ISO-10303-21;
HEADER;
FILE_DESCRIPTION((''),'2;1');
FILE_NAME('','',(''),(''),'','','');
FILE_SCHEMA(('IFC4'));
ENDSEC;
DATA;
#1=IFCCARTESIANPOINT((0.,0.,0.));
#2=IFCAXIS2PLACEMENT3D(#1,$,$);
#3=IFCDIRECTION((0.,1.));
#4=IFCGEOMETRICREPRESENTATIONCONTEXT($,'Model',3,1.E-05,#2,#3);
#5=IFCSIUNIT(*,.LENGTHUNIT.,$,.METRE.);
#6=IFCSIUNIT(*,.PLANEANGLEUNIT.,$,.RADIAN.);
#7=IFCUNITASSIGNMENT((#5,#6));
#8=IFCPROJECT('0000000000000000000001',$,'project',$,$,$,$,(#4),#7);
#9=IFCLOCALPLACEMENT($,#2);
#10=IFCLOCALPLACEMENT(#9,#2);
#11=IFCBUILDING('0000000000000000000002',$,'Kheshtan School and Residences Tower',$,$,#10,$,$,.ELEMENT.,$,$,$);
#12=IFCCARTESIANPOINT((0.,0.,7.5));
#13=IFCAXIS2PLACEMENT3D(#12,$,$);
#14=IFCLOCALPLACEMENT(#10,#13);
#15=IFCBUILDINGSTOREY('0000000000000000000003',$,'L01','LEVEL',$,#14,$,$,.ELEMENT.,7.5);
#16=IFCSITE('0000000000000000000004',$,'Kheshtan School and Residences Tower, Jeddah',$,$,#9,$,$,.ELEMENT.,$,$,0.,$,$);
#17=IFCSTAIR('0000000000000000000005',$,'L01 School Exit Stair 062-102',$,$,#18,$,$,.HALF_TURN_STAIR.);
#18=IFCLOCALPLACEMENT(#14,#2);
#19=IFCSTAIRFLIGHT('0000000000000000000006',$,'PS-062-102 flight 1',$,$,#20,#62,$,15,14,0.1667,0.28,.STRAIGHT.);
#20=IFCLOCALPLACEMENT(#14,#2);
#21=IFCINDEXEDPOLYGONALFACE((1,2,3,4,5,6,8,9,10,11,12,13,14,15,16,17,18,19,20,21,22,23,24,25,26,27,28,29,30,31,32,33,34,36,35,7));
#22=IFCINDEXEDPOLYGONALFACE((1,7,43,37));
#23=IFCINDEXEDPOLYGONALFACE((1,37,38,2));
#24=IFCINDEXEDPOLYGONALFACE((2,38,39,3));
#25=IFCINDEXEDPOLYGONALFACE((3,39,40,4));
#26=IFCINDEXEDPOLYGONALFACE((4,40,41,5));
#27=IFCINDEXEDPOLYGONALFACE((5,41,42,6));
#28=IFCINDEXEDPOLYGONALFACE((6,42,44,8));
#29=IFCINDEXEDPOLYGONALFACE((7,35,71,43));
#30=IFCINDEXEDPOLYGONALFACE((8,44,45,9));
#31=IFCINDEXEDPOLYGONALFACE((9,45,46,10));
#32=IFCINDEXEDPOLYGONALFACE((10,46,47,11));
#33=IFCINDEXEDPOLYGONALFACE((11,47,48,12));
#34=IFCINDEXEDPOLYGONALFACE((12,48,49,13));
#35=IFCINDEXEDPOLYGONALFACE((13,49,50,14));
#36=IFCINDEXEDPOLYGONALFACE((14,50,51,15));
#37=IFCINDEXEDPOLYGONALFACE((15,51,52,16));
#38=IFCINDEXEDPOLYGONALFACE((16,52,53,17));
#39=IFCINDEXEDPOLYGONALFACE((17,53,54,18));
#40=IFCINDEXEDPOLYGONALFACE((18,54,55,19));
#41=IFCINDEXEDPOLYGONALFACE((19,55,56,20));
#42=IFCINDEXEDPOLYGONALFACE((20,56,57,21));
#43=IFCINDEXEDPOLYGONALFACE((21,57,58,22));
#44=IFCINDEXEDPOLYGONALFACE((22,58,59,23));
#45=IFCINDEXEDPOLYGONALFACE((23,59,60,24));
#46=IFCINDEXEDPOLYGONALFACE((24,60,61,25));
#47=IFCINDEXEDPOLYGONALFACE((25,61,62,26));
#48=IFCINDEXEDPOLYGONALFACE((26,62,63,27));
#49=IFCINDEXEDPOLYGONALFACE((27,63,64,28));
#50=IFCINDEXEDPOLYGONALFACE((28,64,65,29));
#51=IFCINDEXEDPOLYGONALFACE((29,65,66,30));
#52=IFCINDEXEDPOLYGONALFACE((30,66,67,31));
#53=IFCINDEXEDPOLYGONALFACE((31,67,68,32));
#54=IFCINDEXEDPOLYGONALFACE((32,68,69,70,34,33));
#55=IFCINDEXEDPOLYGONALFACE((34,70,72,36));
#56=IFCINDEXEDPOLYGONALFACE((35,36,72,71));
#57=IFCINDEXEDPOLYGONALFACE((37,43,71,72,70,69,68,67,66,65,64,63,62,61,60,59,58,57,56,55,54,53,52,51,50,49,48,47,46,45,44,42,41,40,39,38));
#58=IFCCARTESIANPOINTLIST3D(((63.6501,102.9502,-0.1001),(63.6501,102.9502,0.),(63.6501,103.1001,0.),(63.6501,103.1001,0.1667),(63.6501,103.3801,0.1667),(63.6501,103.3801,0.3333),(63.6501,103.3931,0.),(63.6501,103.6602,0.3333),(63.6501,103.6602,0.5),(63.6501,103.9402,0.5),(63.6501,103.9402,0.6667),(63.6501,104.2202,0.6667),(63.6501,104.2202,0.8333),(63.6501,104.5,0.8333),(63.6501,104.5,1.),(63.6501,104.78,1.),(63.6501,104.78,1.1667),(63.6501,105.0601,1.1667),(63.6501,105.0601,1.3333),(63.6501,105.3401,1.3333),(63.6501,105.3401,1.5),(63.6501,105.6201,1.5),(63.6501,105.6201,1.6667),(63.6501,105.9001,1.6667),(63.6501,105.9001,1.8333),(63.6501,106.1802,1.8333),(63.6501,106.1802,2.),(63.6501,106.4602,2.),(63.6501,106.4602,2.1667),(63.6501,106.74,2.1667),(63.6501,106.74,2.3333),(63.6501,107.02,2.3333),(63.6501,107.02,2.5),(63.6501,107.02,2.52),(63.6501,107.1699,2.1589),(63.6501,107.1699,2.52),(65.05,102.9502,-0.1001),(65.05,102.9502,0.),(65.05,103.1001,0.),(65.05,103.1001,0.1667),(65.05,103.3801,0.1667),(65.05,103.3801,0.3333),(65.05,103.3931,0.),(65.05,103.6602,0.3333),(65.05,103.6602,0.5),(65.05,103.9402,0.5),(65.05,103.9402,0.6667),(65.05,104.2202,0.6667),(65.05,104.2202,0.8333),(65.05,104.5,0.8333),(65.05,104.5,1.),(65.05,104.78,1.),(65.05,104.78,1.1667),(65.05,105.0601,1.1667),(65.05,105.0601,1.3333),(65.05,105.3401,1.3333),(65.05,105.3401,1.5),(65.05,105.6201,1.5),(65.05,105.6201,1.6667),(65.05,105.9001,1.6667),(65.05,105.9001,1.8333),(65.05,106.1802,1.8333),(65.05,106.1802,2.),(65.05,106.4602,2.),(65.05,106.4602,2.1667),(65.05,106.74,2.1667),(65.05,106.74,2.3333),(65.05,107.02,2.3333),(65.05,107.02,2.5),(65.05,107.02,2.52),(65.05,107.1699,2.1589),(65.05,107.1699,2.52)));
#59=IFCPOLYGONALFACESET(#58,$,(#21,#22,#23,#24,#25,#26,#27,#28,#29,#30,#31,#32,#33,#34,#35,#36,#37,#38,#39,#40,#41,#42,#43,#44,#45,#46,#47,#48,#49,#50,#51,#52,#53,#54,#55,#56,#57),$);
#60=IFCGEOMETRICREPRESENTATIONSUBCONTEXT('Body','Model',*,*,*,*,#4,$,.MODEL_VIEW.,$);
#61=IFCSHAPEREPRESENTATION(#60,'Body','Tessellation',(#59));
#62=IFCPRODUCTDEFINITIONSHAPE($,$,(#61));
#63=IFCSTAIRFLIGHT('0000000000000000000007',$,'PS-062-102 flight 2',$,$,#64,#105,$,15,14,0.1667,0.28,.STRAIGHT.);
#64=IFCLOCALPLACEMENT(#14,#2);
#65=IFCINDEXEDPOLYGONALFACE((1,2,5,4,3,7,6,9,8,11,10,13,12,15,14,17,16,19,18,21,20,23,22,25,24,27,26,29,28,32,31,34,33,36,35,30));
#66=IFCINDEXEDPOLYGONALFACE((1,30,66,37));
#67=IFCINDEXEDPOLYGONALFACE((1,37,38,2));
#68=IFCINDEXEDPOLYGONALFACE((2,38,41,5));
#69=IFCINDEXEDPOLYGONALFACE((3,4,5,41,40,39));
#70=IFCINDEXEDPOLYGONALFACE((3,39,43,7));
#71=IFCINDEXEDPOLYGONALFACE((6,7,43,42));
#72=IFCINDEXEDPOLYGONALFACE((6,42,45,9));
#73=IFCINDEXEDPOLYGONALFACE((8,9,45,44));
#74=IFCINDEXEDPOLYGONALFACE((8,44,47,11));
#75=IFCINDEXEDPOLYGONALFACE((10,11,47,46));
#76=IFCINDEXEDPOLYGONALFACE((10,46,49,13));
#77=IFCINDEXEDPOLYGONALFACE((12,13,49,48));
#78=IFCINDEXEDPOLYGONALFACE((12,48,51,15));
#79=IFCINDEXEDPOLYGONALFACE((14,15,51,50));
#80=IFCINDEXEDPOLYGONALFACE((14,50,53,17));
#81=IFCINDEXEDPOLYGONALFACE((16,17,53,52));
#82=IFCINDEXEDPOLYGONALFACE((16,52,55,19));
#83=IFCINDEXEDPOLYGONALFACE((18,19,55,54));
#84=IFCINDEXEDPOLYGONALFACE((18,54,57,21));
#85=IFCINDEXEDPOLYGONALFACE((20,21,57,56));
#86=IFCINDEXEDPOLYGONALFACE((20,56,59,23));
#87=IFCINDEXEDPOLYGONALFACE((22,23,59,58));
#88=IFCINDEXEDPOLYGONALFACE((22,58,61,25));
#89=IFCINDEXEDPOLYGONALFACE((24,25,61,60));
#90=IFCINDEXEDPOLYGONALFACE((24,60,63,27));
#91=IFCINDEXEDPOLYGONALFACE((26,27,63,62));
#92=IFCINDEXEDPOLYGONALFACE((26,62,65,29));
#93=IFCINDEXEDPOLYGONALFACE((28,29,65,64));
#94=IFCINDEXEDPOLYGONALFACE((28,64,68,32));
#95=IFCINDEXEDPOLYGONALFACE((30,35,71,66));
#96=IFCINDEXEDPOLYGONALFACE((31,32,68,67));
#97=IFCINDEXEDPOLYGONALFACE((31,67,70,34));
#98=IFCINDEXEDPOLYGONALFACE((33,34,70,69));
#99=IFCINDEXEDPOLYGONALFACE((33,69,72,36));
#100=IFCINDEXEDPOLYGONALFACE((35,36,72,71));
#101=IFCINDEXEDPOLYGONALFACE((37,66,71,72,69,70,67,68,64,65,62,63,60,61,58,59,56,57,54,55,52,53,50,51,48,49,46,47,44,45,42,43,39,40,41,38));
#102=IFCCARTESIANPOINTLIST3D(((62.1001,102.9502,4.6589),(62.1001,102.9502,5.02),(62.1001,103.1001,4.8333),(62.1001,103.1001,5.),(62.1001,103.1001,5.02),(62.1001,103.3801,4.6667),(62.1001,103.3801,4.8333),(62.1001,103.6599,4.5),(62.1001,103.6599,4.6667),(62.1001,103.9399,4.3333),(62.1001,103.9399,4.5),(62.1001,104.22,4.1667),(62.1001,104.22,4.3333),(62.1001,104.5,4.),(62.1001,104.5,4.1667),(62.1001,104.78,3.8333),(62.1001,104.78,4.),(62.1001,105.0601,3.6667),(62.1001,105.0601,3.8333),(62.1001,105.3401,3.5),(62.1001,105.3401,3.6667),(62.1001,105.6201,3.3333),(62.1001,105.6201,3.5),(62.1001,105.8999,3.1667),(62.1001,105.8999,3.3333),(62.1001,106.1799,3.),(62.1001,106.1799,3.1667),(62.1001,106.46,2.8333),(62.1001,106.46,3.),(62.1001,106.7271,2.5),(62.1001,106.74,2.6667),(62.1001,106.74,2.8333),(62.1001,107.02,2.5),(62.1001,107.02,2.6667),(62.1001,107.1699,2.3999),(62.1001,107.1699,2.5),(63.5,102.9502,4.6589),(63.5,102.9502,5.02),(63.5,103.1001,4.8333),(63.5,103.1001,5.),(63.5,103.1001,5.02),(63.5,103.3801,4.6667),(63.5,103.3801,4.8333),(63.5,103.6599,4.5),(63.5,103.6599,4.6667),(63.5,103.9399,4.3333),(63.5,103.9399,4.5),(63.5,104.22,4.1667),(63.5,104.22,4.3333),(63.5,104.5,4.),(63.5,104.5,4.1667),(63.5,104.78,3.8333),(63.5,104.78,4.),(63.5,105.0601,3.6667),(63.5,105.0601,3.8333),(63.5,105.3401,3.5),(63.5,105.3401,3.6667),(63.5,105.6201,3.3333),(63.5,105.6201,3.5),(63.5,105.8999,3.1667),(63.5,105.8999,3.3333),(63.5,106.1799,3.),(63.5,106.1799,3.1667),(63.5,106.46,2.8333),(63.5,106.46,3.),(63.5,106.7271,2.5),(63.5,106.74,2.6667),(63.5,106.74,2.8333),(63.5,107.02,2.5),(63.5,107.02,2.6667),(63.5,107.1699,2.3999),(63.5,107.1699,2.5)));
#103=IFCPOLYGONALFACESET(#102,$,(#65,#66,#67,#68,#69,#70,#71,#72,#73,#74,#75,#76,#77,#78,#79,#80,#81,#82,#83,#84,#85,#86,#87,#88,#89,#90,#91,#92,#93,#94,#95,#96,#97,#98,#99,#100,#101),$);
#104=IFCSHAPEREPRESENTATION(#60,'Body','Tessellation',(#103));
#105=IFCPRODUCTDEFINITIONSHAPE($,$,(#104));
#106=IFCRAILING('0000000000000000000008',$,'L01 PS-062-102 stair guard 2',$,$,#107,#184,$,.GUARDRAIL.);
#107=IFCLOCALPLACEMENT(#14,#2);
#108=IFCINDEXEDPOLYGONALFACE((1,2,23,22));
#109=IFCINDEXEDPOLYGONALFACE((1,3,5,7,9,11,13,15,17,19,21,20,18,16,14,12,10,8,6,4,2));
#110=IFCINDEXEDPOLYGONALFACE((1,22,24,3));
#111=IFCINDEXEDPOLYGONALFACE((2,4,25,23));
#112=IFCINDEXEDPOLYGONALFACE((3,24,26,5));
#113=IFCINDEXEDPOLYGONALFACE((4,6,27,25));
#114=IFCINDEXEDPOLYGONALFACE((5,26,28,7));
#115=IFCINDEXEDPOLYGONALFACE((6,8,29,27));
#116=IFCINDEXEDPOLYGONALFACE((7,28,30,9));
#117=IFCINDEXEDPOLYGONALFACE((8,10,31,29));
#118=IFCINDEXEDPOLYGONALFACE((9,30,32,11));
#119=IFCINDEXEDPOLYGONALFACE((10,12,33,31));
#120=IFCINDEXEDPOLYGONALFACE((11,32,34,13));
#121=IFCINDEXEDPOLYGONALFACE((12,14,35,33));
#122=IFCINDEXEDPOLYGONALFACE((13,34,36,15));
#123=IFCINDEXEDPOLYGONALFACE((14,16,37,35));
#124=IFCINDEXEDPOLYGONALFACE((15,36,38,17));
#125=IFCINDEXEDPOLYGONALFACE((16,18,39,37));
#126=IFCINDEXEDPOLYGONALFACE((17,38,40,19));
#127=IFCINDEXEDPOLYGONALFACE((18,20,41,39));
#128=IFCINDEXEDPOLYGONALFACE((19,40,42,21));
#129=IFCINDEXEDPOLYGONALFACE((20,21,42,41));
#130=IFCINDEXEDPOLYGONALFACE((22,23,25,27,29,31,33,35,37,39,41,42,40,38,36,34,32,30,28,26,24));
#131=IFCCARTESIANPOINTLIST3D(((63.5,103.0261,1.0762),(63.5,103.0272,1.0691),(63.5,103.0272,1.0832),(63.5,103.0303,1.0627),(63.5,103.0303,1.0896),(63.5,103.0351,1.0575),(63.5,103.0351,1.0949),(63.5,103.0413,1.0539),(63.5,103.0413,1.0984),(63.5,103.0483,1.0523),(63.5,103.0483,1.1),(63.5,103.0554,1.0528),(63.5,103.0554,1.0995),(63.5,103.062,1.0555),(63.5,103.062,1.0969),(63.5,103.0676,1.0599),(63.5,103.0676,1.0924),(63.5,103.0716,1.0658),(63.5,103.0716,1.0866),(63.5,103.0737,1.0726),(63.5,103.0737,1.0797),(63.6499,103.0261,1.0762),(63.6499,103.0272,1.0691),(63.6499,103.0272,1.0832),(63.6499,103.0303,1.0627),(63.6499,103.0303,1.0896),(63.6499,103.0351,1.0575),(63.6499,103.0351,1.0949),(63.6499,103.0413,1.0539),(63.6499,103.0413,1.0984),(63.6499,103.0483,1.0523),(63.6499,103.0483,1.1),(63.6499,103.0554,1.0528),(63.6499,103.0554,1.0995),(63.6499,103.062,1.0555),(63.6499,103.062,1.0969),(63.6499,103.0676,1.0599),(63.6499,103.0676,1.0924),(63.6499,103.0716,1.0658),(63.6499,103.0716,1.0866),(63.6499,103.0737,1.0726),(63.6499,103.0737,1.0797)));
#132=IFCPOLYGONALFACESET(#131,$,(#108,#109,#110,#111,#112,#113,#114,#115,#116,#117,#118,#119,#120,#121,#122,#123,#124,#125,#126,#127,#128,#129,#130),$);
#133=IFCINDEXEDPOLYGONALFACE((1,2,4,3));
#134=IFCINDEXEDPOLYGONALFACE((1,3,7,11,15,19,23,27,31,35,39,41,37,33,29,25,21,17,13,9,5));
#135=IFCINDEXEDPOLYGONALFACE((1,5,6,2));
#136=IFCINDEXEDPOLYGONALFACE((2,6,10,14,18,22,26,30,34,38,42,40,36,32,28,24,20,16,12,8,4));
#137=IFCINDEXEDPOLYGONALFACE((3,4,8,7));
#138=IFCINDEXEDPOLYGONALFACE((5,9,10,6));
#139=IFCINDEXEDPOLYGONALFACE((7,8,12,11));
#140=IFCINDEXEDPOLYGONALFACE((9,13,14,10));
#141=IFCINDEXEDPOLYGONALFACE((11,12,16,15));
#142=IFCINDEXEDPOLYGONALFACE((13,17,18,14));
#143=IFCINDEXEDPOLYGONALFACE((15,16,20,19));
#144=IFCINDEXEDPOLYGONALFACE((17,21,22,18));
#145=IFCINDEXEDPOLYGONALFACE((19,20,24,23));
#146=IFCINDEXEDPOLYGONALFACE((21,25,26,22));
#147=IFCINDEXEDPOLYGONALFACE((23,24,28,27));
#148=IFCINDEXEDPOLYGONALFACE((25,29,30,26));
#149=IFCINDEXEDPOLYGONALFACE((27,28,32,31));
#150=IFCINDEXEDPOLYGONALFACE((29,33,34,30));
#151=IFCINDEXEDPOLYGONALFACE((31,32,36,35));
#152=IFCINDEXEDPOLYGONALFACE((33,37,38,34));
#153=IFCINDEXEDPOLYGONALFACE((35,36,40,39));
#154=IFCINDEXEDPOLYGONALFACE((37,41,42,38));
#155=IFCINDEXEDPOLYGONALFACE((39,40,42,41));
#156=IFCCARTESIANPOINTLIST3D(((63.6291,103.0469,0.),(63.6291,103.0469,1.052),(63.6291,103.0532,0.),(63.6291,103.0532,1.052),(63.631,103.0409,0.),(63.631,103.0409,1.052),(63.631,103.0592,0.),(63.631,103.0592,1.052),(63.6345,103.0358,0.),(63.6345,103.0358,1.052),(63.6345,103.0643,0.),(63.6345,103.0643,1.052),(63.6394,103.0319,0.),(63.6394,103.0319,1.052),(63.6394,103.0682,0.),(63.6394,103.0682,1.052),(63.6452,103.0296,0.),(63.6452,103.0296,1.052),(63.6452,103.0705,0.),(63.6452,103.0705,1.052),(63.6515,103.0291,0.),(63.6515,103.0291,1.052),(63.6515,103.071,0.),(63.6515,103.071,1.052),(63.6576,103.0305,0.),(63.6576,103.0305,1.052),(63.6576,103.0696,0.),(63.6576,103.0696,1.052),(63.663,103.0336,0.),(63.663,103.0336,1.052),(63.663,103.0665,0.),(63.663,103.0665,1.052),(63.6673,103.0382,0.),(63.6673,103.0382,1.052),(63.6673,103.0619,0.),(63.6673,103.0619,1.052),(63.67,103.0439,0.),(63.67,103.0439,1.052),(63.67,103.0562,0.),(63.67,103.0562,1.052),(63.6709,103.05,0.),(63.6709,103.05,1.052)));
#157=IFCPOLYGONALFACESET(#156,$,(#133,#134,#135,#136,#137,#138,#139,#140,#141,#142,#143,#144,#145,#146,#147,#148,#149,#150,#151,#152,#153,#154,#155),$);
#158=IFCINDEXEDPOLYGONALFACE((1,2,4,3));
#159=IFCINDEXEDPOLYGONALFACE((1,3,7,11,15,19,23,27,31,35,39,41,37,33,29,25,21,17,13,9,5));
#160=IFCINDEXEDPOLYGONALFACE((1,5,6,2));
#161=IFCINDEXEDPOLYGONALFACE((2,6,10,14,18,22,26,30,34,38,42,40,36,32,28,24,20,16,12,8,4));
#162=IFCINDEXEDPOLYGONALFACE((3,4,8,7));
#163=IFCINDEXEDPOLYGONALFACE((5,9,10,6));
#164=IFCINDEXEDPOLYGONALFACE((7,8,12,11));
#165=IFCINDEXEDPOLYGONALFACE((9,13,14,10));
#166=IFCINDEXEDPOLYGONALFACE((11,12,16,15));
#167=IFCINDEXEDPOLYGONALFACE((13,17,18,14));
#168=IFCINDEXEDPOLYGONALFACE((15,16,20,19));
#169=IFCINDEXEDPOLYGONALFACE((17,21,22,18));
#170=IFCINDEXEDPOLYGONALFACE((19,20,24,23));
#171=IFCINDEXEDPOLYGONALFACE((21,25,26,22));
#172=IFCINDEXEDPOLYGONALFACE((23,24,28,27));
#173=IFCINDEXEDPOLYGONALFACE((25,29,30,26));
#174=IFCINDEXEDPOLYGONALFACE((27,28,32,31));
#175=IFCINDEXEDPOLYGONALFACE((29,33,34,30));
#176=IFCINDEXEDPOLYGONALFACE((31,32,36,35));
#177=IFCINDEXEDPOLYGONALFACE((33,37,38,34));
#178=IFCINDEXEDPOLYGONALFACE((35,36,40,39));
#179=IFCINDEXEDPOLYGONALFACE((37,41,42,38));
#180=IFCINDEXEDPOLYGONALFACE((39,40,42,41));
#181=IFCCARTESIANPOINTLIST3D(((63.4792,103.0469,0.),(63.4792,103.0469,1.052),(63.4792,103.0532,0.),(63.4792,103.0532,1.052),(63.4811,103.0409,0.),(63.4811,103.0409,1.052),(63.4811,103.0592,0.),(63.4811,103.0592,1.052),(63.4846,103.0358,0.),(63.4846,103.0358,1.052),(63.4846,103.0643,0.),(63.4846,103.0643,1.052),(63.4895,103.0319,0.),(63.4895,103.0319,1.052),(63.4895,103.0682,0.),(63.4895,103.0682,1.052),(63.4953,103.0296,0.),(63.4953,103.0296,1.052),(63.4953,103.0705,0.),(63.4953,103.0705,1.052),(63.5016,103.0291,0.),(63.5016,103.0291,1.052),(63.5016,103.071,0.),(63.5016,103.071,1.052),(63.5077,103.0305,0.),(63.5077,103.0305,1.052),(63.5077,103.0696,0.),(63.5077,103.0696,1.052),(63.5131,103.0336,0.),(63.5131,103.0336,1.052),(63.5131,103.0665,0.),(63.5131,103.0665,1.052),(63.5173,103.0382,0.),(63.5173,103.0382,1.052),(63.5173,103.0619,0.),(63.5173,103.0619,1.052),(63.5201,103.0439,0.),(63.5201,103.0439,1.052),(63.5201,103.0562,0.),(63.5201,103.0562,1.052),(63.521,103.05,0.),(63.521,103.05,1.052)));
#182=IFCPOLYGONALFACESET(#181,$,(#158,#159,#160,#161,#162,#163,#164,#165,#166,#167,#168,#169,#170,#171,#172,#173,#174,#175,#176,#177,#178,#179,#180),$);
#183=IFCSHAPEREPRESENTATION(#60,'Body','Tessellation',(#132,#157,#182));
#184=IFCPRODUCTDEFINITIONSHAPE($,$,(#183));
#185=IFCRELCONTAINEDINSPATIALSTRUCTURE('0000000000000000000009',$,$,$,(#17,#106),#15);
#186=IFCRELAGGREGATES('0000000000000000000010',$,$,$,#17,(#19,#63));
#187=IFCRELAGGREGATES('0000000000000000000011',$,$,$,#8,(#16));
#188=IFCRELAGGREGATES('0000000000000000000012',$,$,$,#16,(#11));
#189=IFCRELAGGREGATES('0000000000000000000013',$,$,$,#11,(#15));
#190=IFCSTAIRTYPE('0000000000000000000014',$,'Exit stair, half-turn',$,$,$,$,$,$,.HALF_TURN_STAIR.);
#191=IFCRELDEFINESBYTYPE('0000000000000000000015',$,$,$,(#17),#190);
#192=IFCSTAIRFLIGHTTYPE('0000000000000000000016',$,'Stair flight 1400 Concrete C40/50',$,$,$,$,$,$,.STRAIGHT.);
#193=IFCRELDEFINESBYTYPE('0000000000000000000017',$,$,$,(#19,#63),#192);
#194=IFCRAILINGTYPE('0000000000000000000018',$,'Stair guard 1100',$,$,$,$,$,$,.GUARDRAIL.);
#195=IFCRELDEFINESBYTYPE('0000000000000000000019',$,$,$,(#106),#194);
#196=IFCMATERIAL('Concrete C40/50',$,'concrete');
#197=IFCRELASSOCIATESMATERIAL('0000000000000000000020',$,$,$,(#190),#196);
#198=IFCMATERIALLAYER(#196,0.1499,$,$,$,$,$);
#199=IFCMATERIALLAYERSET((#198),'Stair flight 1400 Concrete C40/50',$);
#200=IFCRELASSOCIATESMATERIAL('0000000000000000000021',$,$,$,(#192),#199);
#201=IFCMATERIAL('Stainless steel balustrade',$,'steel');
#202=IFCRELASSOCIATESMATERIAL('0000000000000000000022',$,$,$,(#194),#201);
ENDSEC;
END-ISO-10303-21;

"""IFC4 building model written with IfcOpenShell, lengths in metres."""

from ifc_helpers import new_model, si_unit, direction, frame, origin, origin_2d, place, context, subcontext, project, spatial, polyline, circle, outline, extrude, material, layer, layer_set, type_object, element, aggregate, save


model = new_model("IFC4")

# Units and contexts
model_context = context("Model", 3, precision=1e-05, world=origin(), true_north=direction((0.0, 1.0)))
body_context = subcontext(model_context, "Body", "Model", "MODEL_VIEW")
ifc_project = project(units=[si_unit("LENGTHUNIT", "METRE"), si_unit("PLANEANGLEUNIT", "RADIAN")], contexts=[model_context])

# Site, building, storey
site_placement = place(None, origin())
site = spatial("IfcSite", under=ifc_project, at=site_placement, Name="Kheshtan School and Residences Tower, Jeddah", CompositionType="ELEMENT", RefElevation=0.0)
building_placement = place(site_placement, origin())
building = spatial("IfcBuilding", under=site, at=building_placement, Name="Kheshtan School and Residences Tower", CompositionType="ELEMENT")
storey_placement = place(building_placement, frame((0.0, 0.0, 7.5)))
storey = spatial("IfcBuildingStorey", under=building, at=storey_placement, Name="L01", Description="LEVEL", CompositionType="ELEMENT", Elevation=7.5)

# Shared definitions
ifc_material_1 = material(Name="Concrete C40/50", Category="concrete")

# Stair, stair flights
stair_type = type_object("IfcStairType", Name="Exit stair, half-turn", PredefinedType="HALF_TURN_STAIR", material=ifc_material_1)
stair_placement = place(storey_placement, origin())
stair = element("IfcStair", 1, at=stair_placement, inside=storey, type_object=stair_type, Name="L01 School Exit Stair 062-102", PredefinedType="HALF_TURN_STAIR")
ifc_layer_1 = layer(ifc_material_1, 0.1499)
ifc_layer_set_1 = layer_set([ifc_layer_1], Name="Stair flight 1400 Concrete C40/50")
stair_flight_type = type_object("IfcStairFlightType", Name="Stair flight 1400 Concrete C40/50", PredefinedType="STRAIGHT", material=ifc_layer_set_1)
stair_flight_1_placement = place(storey_placement, frame((64.3501, 103.1001, 0.0), z_axis=(0.0, 0.0, 1.0), x_axis=(0.0, 1.0, 0.0)))
stair_flight_1 = element("IfcStairFlight", 2, at=stair_flight_1_placement, type_object=stair_flight_type, Name="PS-062-102 flight 1", NumberOfRisers=15, NumberOfTreads=14, PredefinedType="STRAIGHT", RiserHeight=0.1667, TreadLength=0.28, context=body_context, shape_type="SweptSolid", body=[
    extrude(outline(polyline([(-0.1499, -0.1001), (-0.1499, 0.0), (0.0, 0.0), (0.0, 0.1667), (0.28, 0.1667), (0.28, 0.3333), (0.5601, 0.3333), (0.5601, 0.5), (0.8401, 0.5), (0.8401, 0.6667), (1.1201, 0.6667), (1.1201, 0.8333), (1.3999, 0.8333), (1.3999, 1.0), (1.6799, 1.0), (1.6799, 1.1667), (1.96, 1.1667), (1.96, 1.3333), (2.24, 1.3333), (2.24, 1.5), (2.52, 1.5), (2.52, 1.6667), (2.8, 1.6667), (2.8, 1.8333), (3.0801, 1.8333), (3.0801, 2.0), (3.3601, 2.0), (3.3601, 2.1667), (3.6399, 2.1667), (3.6399, 2.3333), (3.9199, 2.3333), (3.9199, 2.5), (3.9199, 2.52), (4.0698, 2.52), (4.0698, 2.1589), (0.293, 0.0), (-0.1499, -0.1001)])), frame((0.0, 0.7, 0.0), z_axis=(0.0, -1.0, 0.0), x_axis=(1.0, 0.0, 0.0)), (0.0, 0.0, 1.0), 1.3999),
])
stair_flight_2_placement = place(storey_placement, frame((62.8, 107.02, 2.5), z_axis=(0.0, 0.0, 1.0), x_axis=(0.0, -1.0, 0.0)))
stair_flight_2 = element("IfcStairFlight", 3, at=stair_flight_2_placement, type_object=stair_flight_type, Name="PS-062-102 flight 2", NumberOfRisers=15, NumberOfTreads=14, PredefinedType="STRAIGHT", RiserHeight=0.1667, TreadLength=0.28, context=body_context, shape_type="SweptSolid", body=[
    extrude(outline(polyline([(-0.1499, -0.1001), (-0.1499, 0.0), (0.0, 0.0), (0.0, 0.1667), (0.28, 0.1667), (0.28, 0.3333), (0.5601, 0.3333), (0.5601, 0.5), (0.8401, 0.5), (0.8401, 0.6667), (1.1201, 0.6667), (1.1201, 0.8333), (1.3999, 0.8333), (1.3999, 1.0), (1.6799, 1.0), (1.6799, 1.1667), (1.96, 1.1667), (1.96, 1.3333), (2.24, 1.3333), (2.24, 1.5), (2.52, 1.5), (2.52, 1.6667), (2.8, 1.6667), (2.8, 1.8333), (3.0801, 1.8333), (3.0801, 2.0), (3.3601, 2.0), (3.3601, 2.1667), (3.6399, 2.1667), (3.6399, 2.3333), (3.9199, 2.3333), (3.9199, 2.5), (3.9199, 2.52), (4.0698, 2.52), (4.0698, 2.1589), (0.293, 0.0), (-0.1499, -0.1001)])), frame((0.0, 0.7, 0.0), z_axis=(0.0, -1.0, 0.0), x_axis=(1.0, 0.0, 0.0)), (0.0, 0.0, 1.0), 1.3999),
])
aggregate(stair, [stair_flight_1, stair_flight_2])

# Railing
ifc_material_2 = material(Name="Stainless steel balustrade", Category="steel")
railing_type_1 = type_object("IfcRailingType", Name="Stair guard 1100", PredefinedType="GUARDRAIL", material=ifc_material_2)
railing_1_placement = place(storey_placement, frame((63.6499, 103.05, 0.0)))
element("IfcRailing", 4, at=railing_1_placement, inside=storey, type_object=railing_type_1, Name="L01 PS-062-102 stair guard 2", PredefinedType="GUARDRAIL", context=body_context, shape_type="SweptSolid", body=[
    extrude(circle(Radius=0.0239, at=origin_2d()), frame((0.0, 0.0, 1.0762), z_axis=(-1.0, 0.0, 0.0), x_axis=(0.0, -1.0, 0.0)), (0.0, 0.0, 1.0), 0.1499),
    extrude(circle(Radius=0.021, at=origin_2d()), origin(), (0.0, 0.0, 1.0), 1.052),
    extrude(circle(Radius=0.021, at=origin_2d()), frame((-0.1499, 0.0, 0.0)), (0.0, 0.0, 1.0), 1.052),
])

save(model, "model.ifc")
